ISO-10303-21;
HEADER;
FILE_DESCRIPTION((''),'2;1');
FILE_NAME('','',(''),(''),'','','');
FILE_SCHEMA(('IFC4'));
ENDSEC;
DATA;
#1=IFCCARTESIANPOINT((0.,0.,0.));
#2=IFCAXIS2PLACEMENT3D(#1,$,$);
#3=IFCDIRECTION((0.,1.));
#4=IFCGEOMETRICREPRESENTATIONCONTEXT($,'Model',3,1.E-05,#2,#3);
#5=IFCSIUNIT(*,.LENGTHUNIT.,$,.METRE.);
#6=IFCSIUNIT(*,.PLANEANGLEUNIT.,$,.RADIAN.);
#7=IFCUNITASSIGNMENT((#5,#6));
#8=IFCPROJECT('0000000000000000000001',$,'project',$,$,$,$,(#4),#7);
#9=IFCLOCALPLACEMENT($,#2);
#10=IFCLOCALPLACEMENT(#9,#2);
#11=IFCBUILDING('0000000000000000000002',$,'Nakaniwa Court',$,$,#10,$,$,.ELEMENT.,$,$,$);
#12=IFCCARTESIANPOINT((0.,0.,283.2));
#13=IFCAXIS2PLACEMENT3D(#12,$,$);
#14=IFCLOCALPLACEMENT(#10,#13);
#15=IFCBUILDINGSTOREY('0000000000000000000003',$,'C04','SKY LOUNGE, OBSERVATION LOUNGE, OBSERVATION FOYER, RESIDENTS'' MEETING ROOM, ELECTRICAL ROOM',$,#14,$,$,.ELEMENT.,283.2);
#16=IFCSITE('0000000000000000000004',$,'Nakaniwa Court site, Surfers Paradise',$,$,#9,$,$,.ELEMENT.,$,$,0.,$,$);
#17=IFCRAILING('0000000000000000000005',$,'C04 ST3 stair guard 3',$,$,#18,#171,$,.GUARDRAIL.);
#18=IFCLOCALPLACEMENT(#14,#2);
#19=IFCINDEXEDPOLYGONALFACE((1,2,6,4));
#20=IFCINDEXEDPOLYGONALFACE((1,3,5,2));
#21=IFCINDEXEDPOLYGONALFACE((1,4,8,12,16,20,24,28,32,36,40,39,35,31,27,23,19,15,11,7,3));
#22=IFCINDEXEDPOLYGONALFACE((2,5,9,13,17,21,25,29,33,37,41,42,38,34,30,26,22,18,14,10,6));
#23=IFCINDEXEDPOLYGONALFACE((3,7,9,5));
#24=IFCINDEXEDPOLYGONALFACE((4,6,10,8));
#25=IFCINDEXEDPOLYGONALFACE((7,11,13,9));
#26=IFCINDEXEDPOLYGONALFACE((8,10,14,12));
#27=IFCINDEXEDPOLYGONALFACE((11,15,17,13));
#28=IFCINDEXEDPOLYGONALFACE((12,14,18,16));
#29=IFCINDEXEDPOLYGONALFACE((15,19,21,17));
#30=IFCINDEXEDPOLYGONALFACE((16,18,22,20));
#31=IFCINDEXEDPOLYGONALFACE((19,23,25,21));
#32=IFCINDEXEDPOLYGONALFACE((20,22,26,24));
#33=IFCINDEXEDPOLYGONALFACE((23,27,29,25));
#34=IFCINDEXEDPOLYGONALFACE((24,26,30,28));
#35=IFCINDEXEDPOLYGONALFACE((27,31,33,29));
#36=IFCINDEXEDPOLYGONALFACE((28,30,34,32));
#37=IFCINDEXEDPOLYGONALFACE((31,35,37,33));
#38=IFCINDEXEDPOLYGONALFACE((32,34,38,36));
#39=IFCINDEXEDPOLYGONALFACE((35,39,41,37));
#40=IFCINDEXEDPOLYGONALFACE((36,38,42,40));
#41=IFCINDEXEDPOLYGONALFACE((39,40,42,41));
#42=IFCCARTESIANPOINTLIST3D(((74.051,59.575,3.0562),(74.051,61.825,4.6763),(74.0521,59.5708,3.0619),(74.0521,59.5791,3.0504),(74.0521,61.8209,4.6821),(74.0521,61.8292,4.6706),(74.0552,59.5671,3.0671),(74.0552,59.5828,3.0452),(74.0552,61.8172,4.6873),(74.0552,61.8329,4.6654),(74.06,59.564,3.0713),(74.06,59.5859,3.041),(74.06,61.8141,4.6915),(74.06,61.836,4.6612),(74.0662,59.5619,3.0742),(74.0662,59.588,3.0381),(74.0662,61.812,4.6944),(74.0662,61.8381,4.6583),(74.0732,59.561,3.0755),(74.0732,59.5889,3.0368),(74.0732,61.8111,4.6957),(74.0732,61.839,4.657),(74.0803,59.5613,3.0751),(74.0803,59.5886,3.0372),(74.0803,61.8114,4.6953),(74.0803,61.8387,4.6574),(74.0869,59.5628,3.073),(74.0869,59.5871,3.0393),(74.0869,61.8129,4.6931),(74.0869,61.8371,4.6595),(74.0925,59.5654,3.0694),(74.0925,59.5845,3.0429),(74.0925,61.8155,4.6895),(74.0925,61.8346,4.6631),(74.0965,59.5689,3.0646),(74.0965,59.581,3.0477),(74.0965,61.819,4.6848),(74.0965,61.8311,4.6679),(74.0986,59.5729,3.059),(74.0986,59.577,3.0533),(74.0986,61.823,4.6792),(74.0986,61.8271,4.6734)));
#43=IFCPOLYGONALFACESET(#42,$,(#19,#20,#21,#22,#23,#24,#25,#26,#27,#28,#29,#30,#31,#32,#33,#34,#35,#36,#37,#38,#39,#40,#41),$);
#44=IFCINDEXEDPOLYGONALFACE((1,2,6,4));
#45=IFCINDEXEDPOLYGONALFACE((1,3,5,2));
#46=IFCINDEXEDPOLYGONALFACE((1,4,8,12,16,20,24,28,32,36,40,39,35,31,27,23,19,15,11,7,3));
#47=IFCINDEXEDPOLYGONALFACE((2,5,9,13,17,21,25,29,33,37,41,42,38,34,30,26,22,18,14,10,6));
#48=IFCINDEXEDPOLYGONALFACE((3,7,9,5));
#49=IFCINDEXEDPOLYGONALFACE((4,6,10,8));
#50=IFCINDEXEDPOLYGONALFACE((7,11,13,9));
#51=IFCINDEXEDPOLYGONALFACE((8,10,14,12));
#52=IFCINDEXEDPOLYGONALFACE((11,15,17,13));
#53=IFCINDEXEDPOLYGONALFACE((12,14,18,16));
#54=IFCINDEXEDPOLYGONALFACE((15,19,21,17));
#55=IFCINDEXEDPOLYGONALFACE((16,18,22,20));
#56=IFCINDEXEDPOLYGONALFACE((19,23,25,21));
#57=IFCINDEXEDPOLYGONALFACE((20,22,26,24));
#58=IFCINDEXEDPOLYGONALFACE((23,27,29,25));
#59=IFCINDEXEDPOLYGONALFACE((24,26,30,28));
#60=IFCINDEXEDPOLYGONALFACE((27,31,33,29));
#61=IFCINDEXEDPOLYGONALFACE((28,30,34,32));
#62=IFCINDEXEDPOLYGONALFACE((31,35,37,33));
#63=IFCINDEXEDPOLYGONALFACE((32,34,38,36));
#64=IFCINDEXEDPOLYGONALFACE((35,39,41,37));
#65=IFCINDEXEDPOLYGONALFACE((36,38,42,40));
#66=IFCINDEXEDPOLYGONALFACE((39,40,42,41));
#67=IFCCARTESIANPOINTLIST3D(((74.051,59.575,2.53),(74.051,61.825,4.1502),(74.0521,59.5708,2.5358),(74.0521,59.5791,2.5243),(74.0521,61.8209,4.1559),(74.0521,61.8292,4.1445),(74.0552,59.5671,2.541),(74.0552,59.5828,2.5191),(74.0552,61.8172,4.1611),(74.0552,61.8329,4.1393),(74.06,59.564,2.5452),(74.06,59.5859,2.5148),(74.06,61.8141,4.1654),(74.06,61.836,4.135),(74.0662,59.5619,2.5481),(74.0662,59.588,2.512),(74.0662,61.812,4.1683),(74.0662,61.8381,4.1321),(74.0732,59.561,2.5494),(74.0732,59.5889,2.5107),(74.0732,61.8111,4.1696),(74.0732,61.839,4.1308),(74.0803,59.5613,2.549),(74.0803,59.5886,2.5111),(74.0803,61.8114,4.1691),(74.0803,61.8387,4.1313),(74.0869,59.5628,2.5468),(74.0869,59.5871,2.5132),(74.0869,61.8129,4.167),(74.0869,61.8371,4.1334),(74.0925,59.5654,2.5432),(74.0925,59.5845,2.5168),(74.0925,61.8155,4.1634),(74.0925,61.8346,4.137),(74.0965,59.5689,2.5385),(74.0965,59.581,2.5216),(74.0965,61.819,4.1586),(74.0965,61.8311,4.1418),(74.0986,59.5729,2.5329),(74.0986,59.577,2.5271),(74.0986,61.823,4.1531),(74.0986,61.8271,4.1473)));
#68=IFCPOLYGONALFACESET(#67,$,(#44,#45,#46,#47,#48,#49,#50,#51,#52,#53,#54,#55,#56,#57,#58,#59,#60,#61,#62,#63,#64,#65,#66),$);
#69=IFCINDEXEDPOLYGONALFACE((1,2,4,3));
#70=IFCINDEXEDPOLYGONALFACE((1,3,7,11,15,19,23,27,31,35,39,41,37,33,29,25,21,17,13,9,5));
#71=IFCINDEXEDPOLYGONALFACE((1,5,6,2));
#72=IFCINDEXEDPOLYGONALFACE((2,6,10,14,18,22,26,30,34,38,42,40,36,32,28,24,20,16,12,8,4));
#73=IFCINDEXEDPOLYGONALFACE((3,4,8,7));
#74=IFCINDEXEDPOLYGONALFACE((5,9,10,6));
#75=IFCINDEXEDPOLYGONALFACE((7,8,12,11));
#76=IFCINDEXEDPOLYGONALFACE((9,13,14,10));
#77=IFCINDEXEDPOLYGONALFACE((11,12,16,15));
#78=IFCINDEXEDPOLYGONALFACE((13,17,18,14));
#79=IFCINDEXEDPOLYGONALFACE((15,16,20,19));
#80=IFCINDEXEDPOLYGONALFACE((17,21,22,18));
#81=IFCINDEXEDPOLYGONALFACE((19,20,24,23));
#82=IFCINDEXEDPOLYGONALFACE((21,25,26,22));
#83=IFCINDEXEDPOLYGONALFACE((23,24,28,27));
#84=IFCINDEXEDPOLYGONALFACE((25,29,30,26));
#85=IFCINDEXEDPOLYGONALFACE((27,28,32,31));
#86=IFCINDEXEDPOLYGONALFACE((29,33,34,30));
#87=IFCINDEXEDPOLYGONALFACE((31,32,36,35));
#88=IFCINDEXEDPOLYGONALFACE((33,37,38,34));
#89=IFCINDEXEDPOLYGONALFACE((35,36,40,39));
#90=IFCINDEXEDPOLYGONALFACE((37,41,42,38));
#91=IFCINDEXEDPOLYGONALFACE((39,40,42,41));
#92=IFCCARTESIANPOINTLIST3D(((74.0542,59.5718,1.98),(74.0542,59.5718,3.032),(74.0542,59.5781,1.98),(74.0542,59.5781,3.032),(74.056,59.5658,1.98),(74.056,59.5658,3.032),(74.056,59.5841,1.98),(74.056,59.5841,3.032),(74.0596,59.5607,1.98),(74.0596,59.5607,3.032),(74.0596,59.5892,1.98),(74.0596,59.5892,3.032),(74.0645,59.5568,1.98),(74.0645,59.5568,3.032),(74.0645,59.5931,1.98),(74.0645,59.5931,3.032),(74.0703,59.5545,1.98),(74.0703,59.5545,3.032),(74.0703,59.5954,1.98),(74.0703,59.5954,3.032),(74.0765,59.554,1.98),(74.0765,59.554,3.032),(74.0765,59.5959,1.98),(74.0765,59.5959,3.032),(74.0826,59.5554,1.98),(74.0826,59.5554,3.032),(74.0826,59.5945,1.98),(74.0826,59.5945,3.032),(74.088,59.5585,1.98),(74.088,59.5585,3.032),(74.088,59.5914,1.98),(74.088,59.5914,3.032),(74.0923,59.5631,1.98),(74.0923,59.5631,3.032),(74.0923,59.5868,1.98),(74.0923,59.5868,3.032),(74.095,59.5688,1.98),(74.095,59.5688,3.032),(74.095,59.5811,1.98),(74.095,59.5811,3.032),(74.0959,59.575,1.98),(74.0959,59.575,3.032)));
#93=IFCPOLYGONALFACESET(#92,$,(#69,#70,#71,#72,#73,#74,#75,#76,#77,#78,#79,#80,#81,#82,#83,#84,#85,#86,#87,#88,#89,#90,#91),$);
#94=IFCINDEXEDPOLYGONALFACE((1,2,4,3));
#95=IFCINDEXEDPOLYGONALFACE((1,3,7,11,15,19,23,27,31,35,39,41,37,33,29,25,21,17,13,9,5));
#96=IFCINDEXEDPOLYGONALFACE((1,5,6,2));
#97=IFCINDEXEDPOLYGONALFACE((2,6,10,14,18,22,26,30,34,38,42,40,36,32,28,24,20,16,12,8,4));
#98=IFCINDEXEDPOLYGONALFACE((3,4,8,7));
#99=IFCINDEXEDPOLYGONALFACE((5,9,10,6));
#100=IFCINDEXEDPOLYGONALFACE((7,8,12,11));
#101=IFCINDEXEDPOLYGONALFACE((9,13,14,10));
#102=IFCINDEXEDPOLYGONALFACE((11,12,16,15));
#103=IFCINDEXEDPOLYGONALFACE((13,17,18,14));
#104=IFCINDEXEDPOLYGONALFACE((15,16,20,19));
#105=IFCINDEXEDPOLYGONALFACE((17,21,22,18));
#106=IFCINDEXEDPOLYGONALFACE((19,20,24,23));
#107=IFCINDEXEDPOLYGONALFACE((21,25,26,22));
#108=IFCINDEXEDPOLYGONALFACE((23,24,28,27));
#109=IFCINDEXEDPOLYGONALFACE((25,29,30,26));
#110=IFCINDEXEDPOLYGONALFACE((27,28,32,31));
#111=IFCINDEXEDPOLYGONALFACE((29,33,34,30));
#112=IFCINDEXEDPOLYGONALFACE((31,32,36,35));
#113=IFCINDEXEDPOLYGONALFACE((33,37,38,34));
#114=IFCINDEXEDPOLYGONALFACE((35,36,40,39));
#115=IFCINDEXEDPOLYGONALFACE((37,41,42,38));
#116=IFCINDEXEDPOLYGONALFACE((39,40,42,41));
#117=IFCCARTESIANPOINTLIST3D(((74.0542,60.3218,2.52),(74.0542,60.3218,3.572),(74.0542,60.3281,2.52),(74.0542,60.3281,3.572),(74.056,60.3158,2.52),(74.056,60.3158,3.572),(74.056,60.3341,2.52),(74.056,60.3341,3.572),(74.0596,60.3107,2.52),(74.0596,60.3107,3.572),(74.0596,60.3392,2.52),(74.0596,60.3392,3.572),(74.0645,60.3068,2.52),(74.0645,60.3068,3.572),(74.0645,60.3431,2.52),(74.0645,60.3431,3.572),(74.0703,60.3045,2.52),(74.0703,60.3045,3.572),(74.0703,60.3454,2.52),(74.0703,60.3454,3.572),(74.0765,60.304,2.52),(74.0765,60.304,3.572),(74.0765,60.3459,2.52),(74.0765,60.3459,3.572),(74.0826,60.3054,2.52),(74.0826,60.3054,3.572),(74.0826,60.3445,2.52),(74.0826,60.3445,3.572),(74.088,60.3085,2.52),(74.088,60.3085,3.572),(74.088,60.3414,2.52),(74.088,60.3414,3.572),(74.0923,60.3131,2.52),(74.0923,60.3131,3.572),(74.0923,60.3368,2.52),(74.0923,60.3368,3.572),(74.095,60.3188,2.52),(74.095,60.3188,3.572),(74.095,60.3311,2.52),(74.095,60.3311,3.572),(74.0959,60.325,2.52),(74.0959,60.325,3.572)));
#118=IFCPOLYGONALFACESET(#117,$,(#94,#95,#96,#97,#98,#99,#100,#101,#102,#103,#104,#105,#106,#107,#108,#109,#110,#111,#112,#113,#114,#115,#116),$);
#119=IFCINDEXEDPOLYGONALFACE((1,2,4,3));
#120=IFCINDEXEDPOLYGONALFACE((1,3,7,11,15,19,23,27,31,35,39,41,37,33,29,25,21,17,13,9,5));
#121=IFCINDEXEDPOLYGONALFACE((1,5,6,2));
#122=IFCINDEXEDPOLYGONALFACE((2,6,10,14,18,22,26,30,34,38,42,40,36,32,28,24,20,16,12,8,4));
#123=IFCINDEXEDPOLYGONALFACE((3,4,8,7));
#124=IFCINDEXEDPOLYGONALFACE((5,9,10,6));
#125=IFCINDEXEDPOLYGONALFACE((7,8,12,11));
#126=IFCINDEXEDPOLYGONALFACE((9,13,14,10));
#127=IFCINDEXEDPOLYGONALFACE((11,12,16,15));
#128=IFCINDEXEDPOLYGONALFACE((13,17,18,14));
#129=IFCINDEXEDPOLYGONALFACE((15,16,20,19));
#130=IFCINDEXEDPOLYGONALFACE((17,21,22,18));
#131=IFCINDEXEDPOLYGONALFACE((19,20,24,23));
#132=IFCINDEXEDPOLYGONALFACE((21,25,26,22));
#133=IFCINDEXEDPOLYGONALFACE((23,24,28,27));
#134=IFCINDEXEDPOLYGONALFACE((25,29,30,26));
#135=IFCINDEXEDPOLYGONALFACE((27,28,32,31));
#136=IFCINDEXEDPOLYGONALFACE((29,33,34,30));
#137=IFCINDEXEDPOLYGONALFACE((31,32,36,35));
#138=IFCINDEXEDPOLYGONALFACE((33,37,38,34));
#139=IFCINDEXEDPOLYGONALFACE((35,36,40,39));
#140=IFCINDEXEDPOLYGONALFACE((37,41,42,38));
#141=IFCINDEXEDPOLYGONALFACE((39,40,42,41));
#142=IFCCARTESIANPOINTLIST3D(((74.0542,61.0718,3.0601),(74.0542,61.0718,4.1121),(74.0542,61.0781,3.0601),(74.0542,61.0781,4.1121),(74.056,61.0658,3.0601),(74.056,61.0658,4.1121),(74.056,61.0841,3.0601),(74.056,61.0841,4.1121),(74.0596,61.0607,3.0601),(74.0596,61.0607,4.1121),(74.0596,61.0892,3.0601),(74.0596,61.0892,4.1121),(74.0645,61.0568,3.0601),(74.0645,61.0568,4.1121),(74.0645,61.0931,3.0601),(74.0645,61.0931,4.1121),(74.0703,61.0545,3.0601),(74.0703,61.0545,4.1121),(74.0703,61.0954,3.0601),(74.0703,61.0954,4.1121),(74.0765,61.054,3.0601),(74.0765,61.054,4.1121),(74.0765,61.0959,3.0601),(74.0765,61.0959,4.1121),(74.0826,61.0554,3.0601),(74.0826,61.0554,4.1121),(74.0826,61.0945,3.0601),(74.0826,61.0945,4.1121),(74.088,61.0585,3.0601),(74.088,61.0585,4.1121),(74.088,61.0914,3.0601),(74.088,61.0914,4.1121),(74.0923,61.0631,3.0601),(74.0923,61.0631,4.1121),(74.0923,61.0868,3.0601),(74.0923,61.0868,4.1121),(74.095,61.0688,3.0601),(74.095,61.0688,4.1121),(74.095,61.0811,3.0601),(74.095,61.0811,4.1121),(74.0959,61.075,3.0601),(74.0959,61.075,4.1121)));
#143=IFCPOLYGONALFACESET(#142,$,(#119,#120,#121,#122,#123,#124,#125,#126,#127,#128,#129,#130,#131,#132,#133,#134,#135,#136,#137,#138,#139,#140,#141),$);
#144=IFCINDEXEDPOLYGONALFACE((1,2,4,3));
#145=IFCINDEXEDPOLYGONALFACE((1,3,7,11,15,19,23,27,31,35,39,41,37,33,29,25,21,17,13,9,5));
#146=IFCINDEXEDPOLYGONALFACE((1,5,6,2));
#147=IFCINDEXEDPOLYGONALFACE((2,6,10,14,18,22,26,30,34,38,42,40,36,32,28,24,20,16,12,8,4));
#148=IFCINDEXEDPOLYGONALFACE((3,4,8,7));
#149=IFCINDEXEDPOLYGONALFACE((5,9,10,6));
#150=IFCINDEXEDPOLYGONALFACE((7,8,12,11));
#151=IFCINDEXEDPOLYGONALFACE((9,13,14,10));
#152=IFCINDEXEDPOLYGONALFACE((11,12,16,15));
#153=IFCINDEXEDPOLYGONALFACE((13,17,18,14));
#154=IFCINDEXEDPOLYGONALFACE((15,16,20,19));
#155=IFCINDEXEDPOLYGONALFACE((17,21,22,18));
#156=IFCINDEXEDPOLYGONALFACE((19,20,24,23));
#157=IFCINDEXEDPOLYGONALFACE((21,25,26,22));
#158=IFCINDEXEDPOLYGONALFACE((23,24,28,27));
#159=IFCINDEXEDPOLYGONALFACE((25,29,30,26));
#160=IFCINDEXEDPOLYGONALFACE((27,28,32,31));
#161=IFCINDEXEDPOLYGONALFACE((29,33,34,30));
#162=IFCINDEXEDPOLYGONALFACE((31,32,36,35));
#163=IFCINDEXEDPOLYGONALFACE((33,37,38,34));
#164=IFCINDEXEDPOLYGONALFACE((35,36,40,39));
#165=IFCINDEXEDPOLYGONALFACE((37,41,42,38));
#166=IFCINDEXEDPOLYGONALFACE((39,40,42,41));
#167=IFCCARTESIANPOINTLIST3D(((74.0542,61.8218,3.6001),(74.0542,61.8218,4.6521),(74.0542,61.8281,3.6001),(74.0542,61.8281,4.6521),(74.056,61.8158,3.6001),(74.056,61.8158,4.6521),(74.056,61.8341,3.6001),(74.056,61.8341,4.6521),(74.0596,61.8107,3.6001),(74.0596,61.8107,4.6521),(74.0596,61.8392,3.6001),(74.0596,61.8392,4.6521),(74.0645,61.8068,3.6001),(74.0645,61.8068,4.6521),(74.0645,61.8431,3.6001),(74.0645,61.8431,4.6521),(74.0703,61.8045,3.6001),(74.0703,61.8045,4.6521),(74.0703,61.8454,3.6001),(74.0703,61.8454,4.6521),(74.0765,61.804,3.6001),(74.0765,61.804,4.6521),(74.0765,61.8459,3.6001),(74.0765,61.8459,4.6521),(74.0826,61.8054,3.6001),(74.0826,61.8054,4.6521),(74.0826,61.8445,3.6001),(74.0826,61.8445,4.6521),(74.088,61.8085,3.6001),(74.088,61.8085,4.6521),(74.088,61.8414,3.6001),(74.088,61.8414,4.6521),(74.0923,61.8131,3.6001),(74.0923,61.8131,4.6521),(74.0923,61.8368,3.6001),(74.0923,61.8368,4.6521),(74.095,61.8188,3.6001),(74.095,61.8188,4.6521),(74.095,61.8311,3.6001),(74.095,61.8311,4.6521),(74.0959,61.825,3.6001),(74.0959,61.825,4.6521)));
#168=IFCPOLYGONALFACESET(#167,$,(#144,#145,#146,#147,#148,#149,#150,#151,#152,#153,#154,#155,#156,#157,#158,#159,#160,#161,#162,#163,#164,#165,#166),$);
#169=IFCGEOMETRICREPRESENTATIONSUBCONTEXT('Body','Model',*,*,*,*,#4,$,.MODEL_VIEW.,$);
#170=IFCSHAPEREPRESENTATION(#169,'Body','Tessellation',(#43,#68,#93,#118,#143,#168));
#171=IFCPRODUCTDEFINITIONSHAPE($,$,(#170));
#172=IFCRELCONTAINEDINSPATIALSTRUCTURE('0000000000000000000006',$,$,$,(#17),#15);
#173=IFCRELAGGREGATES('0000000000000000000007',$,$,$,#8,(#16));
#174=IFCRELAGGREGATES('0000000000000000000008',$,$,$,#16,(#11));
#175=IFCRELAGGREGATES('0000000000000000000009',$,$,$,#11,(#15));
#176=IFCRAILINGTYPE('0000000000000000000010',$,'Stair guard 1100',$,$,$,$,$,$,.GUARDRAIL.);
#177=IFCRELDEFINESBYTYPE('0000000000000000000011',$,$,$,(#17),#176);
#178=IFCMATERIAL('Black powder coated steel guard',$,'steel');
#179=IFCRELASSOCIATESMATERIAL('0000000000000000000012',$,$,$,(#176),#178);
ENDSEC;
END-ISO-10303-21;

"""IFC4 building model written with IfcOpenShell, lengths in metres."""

from ifc_helpers import new_model, si_unit, direction, frame, origin, origin_2d, place, context, subcontext, project, spatial, circle, extrude, material, type_object, element, save


model = new_model("IFC4")

# Units and contexts
model_context = context("Model", 3, precision=1e-05, world=origin(), true_north=direction((0.0, 1.0)))
body_context = subcontext(model_context, "Body", "Model", "MODEL_VIEW")
ifc_project = project(units=[si_unit("LENGTHUNIT", "METRE"), si_unit("PLANEANGLEUNIT", "RADIAN")], contexts=[model_context])

# Site, building, storey
site_placement = place(None, origin())
site = spatial("IfcSite", under=ifc_project, at=site_placement, Name="Nakaniwa Court site, Surfers Paradise", CompositionType="ELEMENT", RefElevation=0.0)
building_placement = place(site_placement, origin())
building = spatial("IfcBuilding", under=site, at=building_placement, Name="Nakaniwa Court", CompositionType="ELEMENT")
storey_placement = place(building_placement, frame((0.0, 0.0, 283.2)))
storey = spatial("IfcBuildingStorey", under=building, at=storey_placement, Name="C04", Description="SKY LOUNGE, OBSERVATION LOUNGE, OBSERVATION FOYER, RESIDENTS' MEETING ROOM, ELECTRICAL ROOM", CompositionType="ELEMENT", Elevation=283.2)

# Railing
ifc_material_1 = material(Name="Black powder coated steel guard", Category="steel")
railing_type_1 = type_object("IfcRailingType", Name="Stair guard 1100", PredefinedType="GUARDRAIL", material=ifc_material_1)
railing_1_placement = place(storey_placement, frame((74.075, 59.575, 1.98)))
element("IfcRailing", 1, at=railing_1_placement, inside=storey, type_object=railing_type_1, Name="C04 ST3 stair guard 3", PredefinedType="GUARDRAIL", context=body_context, shape_type="SweptSolid", body=[
    extrude(circle(Radius=0.0239, at=origin_2d()), frame((0.0, 0.0, 1.0762), z_axis=(0.0, 0.811514, 0.584333), x_axis=(-1.0, 0.0, 0.0)), (0.0, 0.0, 1.0), 2.7727),
    extrude(circle(Radius=0.0239, at=origin_2d()), frame((0.0, 0.0, 0.55), z_axis=(0.0, 0.811514, 0.584333), x_axis=(-1.0, 0.0, 0.0)), (0.0, 0.0, 1.0), 2.7727),
    extrude(circle(Radius=0.021, at=origin_2d()), origin(), (0.0, 0.0, 1.0), 1.052),
    extrude(circle(Radius=0.021, at=origin_2d()), frame((0.0, 0.75, 0.54)), (0.0, 0.0, 1.0), 1.052),
    extrude(circle(Radius=0.021, at=origin_2d()), frame((0.0, 1.5, 1.0801)), (0.0, 0.0, 1.0), 1.052),
    extrude(circle(Radius=0.021, at=origin_2d()), frame((0.0, 2.25, 1.6201)), (0.0, 0.0, 1.0), 1.052),
])

save(model, "model.ifc")
